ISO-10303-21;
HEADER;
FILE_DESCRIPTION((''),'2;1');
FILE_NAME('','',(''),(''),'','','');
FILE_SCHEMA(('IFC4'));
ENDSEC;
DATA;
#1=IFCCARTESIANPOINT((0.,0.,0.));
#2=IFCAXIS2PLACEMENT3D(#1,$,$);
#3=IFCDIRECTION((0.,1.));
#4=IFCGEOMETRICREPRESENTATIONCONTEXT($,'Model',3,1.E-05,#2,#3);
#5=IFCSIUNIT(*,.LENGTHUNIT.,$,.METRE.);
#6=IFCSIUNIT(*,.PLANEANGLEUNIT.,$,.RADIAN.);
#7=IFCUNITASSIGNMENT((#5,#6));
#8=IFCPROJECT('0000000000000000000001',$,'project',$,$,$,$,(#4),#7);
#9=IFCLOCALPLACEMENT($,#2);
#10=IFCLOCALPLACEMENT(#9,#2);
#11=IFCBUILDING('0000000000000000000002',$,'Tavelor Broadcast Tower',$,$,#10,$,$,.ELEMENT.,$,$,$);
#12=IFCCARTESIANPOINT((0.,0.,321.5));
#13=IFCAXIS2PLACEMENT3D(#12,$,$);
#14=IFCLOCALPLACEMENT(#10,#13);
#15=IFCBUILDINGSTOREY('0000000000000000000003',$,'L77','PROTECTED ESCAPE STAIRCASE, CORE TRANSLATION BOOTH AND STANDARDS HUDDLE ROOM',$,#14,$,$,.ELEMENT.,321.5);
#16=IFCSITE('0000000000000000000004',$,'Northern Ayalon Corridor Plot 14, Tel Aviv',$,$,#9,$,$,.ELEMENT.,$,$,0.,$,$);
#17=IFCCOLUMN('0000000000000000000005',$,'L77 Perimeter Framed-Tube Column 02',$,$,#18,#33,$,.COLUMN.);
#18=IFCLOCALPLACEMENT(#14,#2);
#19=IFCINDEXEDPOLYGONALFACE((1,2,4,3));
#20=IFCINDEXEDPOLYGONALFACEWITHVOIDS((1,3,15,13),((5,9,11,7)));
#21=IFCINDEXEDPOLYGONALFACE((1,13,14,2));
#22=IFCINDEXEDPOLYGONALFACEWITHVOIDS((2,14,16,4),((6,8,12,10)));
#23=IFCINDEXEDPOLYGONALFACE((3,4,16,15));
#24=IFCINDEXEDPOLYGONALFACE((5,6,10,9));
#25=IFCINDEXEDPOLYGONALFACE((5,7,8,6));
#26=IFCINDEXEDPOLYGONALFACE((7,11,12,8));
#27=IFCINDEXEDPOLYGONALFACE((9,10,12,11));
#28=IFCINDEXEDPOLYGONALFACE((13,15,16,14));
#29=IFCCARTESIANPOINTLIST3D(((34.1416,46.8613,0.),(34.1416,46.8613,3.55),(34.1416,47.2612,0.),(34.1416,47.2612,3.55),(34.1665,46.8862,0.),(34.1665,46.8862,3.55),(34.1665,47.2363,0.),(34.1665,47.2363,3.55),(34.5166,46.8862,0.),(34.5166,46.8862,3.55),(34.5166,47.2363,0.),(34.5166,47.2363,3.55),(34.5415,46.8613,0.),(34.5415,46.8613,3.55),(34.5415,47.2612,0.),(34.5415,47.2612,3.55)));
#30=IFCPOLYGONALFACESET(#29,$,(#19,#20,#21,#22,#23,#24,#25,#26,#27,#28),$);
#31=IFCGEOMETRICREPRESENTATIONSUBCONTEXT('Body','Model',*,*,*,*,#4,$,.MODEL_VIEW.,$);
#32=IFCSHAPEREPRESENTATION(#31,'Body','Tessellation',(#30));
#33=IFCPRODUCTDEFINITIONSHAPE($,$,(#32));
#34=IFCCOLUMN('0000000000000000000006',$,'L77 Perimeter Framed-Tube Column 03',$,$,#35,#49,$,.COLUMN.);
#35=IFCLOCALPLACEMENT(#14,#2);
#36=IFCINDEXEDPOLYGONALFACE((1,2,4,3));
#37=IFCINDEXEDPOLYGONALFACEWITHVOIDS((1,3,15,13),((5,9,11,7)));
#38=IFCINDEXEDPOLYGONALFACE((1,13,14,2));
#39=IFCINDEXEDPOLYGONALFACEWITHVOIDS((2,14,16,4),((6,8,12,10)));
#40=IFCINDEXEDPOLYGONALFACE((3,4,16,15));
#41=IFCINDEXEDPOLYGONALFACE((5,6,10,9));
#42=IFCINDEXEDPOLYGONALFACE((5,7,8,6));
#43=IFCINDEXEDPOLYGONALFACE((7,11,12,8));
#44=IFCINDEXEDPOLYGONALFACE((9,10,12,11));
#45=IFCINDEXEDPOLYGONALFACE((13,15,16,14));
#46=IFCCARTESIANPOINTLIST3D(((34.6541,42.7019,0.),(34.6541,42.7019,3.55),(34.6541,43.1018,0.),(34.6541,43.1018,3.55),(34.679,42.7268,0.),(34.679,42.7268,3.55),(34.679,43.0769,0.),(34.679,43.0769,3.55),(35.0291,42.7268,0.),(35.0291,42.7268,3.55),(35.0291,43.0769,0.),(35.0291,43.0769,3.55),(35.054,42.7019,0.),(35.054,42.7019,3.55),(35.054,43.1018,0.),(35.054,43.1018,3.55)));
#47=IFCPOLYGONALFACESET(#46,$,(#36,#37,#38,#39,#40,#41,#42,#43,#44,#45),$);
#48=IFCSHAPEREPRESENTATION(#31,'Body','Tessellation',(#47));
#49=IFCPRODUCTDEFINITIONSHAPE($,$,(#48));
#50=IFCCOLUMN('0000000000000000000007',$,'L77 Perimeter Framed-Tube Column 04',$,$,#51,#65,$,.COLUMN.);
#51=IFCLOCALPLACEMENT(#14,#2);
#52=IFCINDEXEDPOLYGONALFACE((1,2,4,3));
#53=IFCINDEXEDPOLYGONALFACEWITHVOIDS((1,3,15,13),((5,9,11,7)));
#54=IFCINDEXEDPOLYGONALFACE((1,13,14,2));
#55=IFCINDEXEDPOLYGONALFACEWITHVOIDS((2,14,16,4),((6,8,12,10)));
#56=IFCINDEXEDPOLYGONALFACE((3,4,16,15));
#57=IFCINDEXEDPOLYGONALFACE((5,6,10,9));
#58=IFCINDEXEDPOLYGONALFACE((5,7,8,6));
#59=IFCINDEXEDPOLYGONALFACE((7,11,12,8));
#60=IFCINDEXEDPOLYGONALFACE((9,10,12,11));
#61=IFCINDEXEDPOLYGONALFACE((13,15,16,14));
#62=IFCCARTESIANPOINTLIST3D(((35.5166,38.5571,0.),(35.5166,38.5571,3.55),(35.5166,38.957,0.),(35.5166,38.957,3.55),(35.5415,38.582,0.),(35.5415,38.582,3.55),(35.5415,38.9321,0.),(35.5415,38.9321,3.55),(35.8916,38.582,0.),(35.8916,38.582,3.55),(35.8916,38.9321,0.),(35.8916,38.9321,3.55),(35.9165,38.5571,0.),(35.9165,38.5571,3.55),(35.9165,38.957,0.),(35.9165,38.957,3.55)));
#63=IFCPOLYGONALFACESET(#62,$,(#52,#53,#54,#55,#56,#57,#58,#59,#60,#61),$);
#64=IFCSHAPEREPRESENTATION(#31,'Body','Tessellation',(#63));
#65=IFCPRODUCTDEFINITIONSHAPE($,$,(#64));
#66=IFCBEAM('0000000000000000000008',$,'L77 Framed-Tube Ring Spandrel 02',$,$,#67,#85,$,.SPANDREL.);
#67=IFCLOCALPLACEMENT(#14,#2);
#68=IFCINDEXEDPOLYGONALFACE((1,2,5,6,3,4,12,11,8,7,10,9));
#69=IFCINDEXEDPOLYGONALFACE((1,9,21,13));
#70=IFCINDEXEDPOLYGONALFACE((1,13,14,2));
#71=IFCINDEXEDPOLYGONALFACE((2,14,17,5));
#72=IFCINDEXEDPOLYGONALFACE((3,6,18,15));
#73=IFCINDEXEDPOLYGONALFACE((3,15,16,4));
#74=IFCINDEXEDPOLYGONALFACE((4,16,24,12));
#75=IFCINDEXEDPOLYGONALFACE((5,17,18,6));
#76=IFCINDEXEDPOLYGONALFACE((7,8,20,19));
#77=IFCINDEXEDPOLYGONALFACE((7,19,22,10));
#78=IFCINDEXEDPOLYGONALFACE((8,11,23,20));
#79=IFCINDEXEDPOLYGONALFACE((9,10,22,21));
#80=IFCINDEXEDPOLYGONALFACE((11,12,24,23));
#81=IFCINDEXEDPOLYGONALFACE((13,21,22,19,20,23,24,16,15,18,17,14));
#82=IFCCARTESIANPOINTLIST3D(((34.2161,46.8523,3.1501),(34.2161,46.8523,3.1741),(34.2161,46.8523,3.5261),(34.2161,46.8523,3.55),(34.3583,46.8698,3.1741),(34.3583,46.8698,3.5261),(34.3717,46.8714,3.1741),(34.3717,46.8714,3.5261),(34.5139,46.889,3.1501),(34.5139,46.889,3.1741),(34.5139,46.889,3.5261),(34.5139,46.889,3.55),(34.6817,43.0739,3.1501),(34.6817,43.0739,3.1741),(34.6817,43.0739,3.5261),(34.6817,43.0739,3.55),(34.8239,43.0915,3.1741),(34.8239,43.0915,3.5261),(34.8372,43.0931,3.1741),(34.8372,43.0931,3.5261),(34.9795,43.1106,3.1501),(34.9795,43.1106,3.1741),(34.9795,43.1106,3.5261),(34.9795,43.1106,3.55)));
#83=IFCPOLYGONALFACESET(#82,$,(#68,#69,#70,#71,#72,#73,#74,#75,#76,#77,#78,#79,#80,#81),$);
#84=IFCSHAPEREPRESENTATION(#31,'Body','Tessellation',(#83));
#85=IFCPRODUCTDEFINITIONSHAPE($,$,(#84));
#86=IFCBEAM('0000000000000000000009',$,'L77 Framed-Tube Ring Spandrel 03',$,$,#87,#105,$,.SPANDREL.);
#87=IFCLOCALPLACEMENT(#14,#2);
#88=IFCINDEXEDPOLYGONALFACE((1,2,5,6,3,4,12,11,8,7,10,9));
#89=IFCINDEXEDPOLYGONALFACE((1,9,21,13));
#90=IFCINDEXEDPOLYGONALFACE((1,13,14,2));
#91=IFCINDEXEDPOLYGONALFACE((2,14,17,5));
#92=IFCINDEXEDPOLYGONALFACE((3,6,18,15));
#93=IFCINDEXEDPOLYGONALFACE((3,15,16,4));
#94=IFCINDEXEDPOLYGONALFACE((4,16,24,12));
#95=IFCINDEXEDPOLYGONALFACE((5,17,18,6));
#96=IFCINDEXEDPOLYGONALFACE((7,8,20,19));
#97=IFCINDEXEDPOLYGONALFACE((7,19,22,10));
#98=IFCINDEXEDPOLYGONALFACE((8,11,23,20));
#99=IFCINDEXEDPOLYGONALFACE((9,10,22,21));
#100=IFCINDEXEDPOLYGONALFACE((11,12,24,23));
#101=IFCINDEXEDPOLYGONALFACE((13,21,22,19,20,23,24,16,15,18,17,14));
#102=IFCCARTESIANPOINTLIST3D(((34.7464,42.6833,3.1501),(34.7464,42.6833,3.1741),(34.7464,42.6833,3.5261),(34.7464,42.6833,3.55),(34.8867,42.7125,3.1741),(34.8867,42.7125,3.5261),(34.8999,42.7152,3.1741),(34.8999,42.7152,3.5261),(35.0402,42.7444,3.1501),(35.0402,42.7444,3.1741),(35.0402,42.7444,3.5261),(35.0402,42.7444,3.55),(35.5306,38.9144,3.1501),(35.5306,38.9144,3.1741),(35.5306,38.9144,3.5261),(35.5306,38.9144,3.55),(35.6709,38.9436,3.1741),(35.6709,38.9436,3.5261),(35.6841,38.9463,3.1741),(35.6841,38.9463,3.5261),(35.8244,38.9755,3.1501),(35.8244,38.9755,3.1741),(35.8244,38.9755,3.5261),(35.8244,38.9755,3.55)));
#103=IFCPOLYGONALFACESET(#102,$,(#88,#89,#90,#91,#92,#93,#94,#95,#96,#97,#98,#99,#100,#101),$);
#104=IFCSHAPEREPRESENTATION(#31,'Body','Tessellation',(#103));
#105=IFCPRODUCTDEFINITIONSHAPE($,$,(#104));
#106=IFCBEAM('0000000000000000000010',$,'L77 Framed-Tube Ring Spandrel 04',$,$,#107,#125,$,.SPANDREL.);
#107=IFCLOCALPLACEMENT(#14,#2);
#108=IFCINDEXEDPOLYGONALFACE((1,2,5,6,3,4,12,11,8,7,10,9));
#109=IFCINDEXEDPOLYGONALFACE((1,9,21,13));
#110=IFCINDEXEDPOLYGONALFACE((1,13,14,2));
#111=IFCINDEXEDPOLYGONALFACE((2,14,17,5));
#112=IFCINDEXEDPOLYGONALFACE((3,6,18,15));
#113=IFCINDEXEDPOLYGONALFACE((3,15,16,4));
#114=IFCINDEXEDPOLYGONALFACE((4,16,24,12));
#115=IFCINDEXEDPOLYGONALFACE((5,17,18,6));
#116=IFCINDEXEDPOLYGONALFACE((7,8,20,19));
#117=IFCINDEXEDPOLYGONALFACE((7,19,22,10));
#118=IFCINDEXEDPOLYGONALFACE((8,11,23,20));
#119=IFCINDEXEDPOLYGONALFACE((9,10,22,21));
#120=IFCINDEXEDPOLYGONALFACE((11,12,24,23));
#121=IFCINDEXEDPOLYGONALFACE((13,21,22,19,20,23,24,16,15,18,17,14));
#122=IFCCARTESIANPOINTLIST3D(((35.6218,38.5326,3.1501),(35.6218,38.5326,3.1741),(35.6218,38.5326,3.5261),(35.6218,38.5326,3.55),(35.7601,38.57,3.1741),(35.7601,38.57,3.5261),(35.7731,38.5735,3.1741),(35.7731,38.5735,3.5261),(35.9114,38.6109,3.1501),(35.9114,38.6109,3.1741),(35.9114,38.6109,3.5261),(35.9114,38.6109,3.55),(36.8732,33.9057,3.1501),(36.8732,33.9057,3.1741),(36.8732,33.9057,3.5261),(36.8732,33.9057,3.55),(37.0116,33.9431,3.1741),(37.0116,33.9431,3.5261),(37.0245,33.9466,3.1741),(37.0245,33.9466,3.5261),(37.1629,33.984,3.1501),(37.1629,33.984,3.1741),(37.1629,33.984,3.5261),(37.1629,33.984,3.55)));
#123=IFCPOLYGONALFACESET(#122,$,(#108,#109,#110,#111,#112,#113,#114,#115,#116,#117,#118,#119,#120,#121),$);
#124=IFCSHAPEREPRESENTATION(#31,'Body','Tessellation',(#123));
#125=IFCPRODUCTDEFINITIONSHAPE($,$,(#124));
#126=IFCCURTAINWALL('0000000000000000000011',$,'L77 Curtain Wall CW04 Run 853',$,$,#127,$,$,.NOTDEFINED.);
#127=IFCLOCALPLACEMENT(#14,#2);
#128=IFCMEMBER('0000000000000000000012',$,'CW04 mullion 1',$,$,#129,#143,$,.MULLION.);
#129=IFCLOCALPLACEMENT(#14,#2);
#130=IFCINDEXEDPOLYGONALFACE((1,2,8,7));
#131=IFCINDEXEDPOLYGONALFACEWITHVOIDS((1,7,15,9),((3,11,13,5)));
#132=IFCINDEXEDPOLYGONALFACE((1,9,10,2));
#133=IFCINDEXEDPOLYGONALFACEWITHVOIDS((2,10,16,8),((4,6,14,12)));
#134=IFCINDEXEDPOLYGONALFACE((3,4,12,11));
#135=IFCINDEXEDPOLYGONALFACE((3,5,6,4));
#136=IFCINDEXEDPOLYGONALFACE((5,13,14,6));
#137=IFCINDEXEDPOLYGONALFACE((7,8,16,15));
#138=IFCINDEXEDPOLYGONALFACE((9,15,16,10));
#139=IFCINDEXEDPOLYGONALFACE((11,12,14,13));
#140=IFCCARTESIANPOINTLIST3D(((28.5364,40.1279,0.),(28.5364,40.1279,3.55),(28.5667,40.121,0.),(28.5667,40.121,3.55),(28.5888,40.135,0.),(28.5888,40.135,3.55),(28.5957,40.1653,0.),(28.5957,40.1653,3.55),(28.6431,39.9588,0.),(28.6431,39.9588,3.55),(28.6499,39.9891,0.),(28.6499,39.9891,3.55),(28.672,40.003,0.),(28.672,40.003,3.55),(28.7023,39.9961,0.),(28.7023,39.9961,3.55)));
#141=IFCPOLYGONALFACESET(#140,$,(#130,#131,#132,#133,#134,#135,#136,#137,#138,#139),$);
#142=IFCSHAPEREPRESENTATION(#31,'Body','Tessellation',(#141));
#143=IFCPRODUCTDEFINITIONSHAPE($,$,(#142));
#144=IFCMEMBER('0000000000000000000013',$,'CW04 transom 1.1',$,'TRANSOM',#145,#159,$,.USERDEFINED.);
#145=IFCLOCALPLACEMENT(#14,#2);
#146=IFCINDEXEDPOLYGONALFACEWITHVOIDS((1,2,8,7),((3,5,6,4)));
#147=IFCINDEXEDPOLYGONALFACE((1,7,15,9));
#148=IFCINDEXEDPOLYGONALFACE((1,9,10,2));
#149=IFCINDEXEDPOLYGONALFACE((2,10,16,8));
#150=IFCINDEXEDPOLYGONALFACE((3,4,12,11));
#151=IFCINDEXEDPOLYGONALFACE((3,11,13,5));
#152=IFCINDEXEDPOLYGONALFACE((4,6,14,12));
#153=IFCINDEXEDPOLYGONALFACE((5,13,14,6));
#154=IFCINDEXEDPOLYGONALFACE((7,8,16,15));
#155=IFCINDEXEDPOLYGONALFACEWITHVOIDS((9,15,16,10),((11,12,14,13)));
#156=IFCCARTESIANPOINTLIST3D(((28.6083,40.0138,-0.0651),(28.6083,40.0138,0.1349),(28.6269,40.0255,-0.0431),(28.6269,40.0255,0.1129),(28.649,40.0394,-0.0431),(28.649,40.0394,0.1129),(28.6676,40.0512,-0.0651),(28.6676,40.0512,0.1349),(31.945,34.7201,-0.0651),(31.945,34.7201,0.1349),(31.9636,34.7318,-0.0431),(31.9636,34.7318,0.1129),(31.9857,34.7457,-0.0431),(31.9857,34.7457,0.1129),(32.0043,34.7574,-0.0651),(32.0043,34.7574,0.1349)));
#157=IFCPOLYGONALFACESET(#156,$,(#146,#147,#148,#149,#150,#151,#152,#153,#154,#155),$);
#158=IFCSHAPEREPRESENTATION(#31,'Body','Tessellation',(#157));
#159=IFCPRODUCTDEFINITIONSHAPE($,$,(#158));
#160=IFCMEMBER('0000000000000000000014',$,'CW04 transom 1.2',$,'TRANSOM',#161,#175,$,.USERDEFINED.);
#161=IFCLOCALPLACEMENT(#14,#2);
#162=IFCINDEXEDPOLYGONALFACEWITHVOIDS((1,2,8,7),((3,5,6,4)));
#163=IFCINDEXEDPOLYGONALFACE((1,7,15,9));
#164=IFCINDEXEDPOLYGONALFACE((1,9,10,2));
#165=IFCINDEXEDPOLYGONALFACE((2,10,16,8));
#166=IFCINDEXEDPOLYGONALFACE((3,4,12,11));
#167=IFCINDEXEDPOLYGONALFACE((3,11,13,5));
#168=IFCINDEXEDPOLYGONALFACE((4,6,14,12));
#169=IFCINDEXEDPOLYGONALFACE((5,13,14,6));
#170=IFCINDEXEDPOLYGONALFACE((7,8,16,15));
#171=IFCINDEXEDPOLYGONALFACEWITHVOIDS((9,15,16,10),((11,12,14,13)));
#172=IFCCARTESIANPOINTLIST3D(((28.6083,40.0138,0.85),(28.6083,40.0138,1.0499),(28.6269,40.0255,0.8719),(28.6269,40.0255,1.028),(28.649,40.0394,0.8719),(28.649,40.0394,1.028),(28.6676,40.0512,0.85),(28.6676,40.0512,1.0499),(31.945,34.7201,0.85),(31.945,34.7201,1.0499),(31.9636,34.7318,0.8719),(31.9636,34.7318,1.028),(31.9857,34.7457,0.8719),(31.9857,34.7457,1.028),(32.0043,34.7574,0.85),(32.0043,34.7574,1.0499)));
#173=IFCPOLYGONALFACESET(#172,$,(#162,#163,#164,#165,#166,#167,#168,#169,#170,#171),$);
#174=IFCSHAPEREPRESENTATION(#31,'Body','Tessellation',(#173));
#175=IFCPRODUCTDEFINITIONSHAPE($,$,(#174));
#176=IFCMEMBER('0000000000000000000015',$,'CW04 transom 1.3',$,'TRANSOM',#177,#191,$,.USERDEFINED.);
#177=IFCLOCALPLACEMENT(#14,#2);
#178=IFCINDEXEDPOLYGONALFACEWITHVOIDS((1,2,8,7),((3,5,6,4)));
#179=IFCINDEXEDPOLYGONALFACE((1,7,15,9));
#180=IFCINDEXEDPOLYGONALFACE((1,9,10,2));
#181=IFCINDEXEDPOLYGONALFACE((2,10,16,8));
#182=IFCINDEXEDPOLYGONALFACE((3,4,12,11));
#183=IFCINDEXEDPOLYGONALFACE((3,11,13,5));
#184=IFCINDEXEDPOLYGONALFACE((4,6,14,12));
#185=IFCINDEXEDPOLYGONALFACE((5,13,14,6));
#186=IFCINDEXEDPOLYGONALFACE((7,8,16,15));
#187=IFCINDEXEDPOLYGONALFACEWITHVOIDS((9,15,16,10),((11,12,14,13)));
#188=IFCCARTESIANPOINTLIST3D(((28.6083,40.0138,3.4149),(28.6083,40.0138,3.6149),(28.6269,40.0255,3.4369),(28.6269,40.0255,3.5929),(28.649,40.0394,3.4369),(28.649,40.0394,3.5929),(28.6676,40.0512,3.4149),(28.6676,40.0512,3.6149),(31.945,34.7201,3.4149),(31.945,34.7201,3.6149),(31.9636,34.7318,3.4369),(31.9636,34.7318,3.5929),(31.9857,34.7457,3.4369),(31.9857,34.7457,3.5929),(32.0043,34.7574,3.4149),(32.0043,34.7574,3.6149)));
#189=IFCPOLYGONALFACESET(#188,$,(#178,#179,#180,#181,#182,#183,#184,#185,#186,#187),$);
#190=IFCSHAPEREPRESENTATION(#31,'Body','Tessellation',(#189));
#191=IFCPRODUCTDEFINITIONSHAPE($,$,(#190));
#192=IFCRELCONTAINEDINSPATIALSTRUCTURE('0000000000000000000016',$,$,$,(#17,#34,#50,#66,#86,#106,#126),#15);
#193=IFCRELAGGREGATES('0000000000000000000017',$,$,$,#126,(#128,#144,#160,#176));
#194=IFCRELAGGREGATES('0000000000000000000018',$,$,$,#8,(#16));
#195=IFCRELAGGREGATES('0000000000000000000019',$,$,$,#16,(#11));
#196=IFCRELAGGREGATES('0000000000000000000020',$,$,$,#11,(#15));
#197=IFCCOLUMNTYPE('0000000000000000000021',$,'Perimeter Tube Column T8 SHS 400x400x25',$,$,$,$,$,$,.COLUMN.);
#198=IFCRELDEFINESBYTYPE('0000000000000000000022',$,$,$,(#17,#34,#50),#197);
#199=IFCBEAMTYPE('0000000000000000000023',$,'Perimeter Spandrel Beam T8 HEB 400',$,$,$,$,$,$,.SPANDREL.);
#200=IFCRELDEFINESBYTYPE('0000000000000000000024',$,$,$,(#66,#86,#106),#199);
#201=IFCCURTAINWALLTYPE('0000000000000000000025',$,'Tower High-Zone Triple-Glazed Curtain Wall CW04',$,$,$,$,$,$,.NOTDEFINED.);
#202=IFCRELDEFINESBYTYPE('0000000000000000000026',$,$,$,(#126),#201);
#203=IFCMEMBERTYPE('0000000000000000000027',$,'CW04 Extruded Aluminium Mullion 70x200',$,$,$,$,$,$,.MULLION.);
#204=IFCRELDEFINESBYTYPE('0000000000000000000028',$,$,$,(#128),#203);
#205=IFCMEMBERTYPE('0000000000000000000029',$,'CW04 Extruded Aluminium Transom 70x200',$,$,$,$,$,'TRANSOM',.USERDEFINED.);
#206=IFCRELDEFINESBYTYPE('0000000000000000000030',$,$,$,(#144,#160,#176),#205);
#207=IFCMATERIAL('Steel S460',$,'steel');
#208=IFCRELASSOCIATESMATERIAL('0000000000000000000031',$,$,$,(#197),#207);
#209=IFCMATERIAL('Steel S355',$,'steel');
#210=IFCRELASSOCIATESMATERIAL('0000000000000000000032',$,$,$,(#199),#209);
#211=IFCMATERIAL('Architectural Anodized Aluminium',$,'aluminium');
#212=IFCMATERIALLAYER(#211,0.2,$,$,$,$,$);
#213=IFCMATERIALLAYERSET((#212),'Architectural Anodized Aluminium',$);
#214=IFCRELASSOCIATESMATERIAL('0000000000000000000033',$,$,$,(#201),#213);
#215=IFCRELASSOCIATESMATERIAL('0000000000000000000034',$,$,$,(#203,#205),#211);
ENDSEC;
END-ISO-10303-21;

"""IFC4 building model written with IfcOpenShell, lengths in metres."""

from ifc_helpers import new_model, si_unit, direction, frame, origin, origin_2d, place, context, subcontext, project, spatial, hollow_rectangle, i_section, extrude, source, transform, mapped, material, layer, layer_set, material_profile, profile_set, type_object, type_shapes, element, aggregate, save


model = new_model("IFC4")

# Units and contexts
model_context = context("Model", 3, precision=1e-05, world=origin(), true_north=direction((0.0, 1.0)))
body_context = subcontext(model_context, "Body", "Model", "MODEL_VIEW")
ifc_project = project(units=[si_unit("LENGTHUNIT", "METRE"), si_unit("PLANEANGLEUNIT", "RADIAN")], contexts=[model_context])

# Site, building, storey
site_placement = place(None, origin())
site = spatial("IfcSite", under=ifc_project, at=site_placement, Name="Northern Ayalon Corridor Plot 14, Tel Aviv", CompositionType="ELEMENT", RefElevation=0.0)
building_placement = place(site_placement, origin())
building = spatial("IfcBuilding", under=site, at=building_placement, Name="Tavelor Broadcast Tower", CompositionType="ELEMENT")
storey_placement = place(building_placement, frame((0.0, 0.0, 321.5)))
storey = spatial("IfcBuildingStorey", under=building, at=storey_placement, Name="L77", Description="PROTECTED ESCAPE STAIRCASE, CORE TRANSLATION BOOTH AND STANDARDS HUDDLE ROOM", CompositionType="ELEMENT", Elevation=321.5)

# Columns
ifc_material_1 = material(Name="Steel S460", Category="steel")
ifc_material_profile_1 = material_profile(ifc_material_1, hollow_rectangle(XDim=0.3999, YDim=0.3999, WallThickness=0.0249, at=origin_2d()), Name="SHS 400x400x25")
ifc_profile_set_1 = profile_set([ifc_material_profile_1], Name="Steel S460")
column_type = type_object("IfcColumnType", Name="Perimeter Tube Column T8 SHS 400x400x25", PredefinedType="COLUMN", material=ifc_profile_set_1)
for number, where, z_axis, x_axis, name in (
    (1, (34.3416, 47.0613, 0.0), (0.0, 0.0, 1.0), (1.0, 0.0, 0.0), "L77 Perimeter Framed-Tube Column 02"),
    (2, (34.854, 42.9019, 0.0), (0.0, 0.0, 1.0), (1.0, 0.0, 0.0), "L77 Perimeter Framed-Tube Column 03"),
    (3, (35.7166, 38.7571, 0.0), (0.0, 0.0, 1.0), (1.0, 0.0, 0.0), "L77 Perimeter Framed-Tube Column 04"),
):
    element("IfcColumn", number, at=place(storey_placement, frame(where, z_axis=z_axis, x_axis=x_axis)), inside=storey, type_object=column_type, Name=name, PredefinedType="COLUMN", context=body_context, shape_type="SweptSolid", body=[
        extrude(hollow_rectangle(XDim=0.3999, YDim=0.3999, WallThickness=0.0249, at=origin_2d()), origin(), (0.0, 0.0, 1.0), 3.55),
    ])

# Beams
ifc_material_2 = material(Name="Steel S355", Category="steel")
ifc_material_profile_2 = material_profile(ifc_material_2, i_section(OverallWidth=0.3, OverallDepth=0.3999, WebThickness=0.0134, FlangeThickness=0.0239, at=origin_2d()), Name="HEB 400")
ifc_profile_set_2 = profile_set([ifc_material_profile_2], Name="Steel S355")
beam_type = type_object("IfcBeamType", Name="Perimeter Spandrel Beam T8 HEB 400", PredefinedType="SPANDREL", material=ifc_profile_set_2)
beam_1_placement = place(storey_placement, frame((34.365, 46.8706, 3.3501), z_axis=(0.122298, -0.992493, 0.0), x_axis=(0.992493, 0.122298, 0.0)))
element("IfcBeam", 4, at=beam_1_placement, inside=storey, type_object=beam_type, Name="L77 Framed-Tube Ring Spandrel 02", PredefinedType="SPANDREL", context=body_context, shape_type="SweptSolid", body=[
    extrude(i_section(OverallWidth=0.3, OverallDepth=0.3999, WebThickness=0.0134, FlangeThickness=0.0239, at=origin_2d()), origin(), (0.0, 0.0, 1.0), 3.8069),
])
beam_2_placement = place(storey_placement, frame((34.8933, 42.7139, 3.3501), z_axis=(0.203709, -0.979032, 0.0), x_axis=(0.979032, 0.203709, 0.0)))
element("IfcBeam", 5, at=beam_2_placement, inside=storey, type_object=beam_type, Name="L77 Framed-Tube Ring Spandrel 03", PredefinedType="SPANDREL", context=body_context, shape_type="SweptSolid", body=[
    extrude(i_section(OverallWidth=0.3, OverallDepth=0.3999, WebThickness=0.0134, FlangeThickness=0.0239, at=origin_2d()), origin(), (0.0, 0.0, 1.0), 3.8496),
])
beam_3_placement = place(storey_placement, frame((35.7666, 38.5718, 3.3501), z_axis=(0.261091, -0.965314, 0.0), x_axis=(0.965314, 0.261091, 0.0)))
element("IfcBeam", 6, at=beam_3_placement, inside=storey, type_object=beam_type, Name="L77 Framed-Tube Ring Spandrel 04", PredefinedType="SPANDREL", context=body_context, shape_type="SweptSolid", body=[
    extrude(i_section(OverallWidth=0.3, OverallDepth=0.3999, WebThickness=0.0134, FlangeThickness=0.0239, at=origin_2d()), origin(), (0.0, 0.0, 1.0), 4.7932),
])

# Curtain wall, members
ifc_material_3 = material(Name="Architectural Anodized Aluminium", Category="aluminium")
ifc_layer_1 = layer(ifc_material_3, 0.2)
ifc_layer_set_1 = layer_set([ifc_layer_1], Name="Architectural Anodized Aluminium")
curtain_wall_type = type_object("IfcCurtainWallType", Name="Tower High-Zone Triple-Glazed Curtain Wall CW04", PredefinedType="NOTDEFINED", material=ifc_layer_set_1)
curtain_wall_placement = place(storey_placement, origin())
curtain_wall = element("IfcCurtainWall", 7, at=curtain_wall_placement, inside=storey, type_object=curtain_wall_type, Name="L77 Curtain Wall CW04 Run 853", PredefinedType="NOTDEFINED")
ifc_material_profile_3 = material_profile(ifc_material_3, hollow_rectangle(XDim=0.0701, YDim=0.2, WallThickness=0.022, at=origin_2d()), Name="RHS 70x200x22")
ifc_profile_set_3 = profile_set([ifc_material_profile_3], Name="Architectural Anodized Aluminium")
member_type_1 = type_object("IfcMemberType", Name="CW04 Extruded Aluminium Mullion 70x200", PredefinedType="MULLION", material=ifc_profile_set_3)
shared_shape_1 = source(origin(), body_context, "Body", "SweptSolid", [
    extrude(hollow_rectangle(XDim=0.0701, YDim=0.2, WallThickness=0.022, at=origin_2d()), origin(), (0.0, 0.0, 1.0), 3.55),
])
type_shapes(member_type_1, [shared_shape_1])
member_1_placement = place(storey_placement, frame((28.6194, 40.062, 0.0), z_axis=(0.0, 0.0, 1.0), x_axis=(0.845973, 0.533225, 0.0)))
member_1 = element("IfcMember", 8, at=member_1_placement, type_object=member_type_1, Name="CW04 mullion 1", PredefinedType="MULLION", context=body_context, shape_type="MappedRepresentation", body=[
    mapped(shared_shape_1, transform((0.0, 0.0, 0.0), scale=1.0)),
])
ifc_material_profile_4 = material_profile(ifc_material_3, hollow_rectangle(XDim=0.0701, YDim=0.2, WallThickness=0.022, at=origin_2d()), Name="RHS 70x200x22")
ifc_profile_set_4 = profile_set([ifc_material_profile_4], Name="Architectural Anodized Aluminium")
member_type_2 = type_object("IfcMemberType", Name="CW04 Extruded Aluminium Transom 70x200", ElementType="TRANSOM", PredefinedType="USERDEFINED", material=ifc_profile_set_4)
shared_shape_2 = source(origin(), body_context, "Body", "SweptSolid", [
    extrude(hollow_rectangle(XDim=0.0701, YDim=0.2, WallThickness=0.022, at=origin_2d()), origin(), (0.0, 0.0, 1.0), 6.2576),
])
type_shapes(member_type_2, [shared_shape_2])
member_2_placement = place(storey_placement, frame((28.6379, 40.0325, 0.0349), z_axis=(0.533225, -0.845973, 0.0), x_axis=(0.845973, 0.533225, 0.0)))
member_2 = element("IfcMember", 9, at=member_2_placement, type_object=member_type_2, Name="CW04 transom 1.1", ObjectType="TRANSOM", PredefinedType="USERDEFINED", context=body_context, shape_type="MappedRepresentation", body=[
    mapped(shared_shape_2, transform((0.0, 0.0, 0.0), scale=1.0)),
])
member_3_placement = place(storey_placement, frame((28.6379, 40.0325, 0.95), z_axis=(0.533225, -0.845973, 0.0), x_axis=(0.845973, 0.533225, 0.0)))
member_3 = element("IfcMember", 10, at=member_3_placement, type_object=member_type_2, Name="CW04 transom 1.2", ObjectType="TRANSOM", PredefinedType="USERDEFINED", context=body_context, shape_type="MappedRepresentation", body=[
    mapped(shared_shape_2, transform((0.0, 0.0, 0.0), scale=1.0)),
])
member_4_placement = place(storey_placement, frame((28.6379, 40.0325, 3.5149), z_axis=(0.533225, -0.845973, 0.0), x_axis=(0.845973, 0.533225, 0.0)))
member_4 = element("IfcMember", 11, at=member_4_placement, type_object=member_type_2, Name="CW04 transom 1.3", ObjectType="TRANSOM", PredefinedType="USERDEFINED", context=body_context, shape_type="MappedRepresentation", body=[
    mapped(shared_shape_2, transform((0.0, 0.0, 0.0), scale=1.0)),
])
aggregate(curtain_wall, [member_1, member_2, member_3, member_4])

save(model, "model.ifc")
